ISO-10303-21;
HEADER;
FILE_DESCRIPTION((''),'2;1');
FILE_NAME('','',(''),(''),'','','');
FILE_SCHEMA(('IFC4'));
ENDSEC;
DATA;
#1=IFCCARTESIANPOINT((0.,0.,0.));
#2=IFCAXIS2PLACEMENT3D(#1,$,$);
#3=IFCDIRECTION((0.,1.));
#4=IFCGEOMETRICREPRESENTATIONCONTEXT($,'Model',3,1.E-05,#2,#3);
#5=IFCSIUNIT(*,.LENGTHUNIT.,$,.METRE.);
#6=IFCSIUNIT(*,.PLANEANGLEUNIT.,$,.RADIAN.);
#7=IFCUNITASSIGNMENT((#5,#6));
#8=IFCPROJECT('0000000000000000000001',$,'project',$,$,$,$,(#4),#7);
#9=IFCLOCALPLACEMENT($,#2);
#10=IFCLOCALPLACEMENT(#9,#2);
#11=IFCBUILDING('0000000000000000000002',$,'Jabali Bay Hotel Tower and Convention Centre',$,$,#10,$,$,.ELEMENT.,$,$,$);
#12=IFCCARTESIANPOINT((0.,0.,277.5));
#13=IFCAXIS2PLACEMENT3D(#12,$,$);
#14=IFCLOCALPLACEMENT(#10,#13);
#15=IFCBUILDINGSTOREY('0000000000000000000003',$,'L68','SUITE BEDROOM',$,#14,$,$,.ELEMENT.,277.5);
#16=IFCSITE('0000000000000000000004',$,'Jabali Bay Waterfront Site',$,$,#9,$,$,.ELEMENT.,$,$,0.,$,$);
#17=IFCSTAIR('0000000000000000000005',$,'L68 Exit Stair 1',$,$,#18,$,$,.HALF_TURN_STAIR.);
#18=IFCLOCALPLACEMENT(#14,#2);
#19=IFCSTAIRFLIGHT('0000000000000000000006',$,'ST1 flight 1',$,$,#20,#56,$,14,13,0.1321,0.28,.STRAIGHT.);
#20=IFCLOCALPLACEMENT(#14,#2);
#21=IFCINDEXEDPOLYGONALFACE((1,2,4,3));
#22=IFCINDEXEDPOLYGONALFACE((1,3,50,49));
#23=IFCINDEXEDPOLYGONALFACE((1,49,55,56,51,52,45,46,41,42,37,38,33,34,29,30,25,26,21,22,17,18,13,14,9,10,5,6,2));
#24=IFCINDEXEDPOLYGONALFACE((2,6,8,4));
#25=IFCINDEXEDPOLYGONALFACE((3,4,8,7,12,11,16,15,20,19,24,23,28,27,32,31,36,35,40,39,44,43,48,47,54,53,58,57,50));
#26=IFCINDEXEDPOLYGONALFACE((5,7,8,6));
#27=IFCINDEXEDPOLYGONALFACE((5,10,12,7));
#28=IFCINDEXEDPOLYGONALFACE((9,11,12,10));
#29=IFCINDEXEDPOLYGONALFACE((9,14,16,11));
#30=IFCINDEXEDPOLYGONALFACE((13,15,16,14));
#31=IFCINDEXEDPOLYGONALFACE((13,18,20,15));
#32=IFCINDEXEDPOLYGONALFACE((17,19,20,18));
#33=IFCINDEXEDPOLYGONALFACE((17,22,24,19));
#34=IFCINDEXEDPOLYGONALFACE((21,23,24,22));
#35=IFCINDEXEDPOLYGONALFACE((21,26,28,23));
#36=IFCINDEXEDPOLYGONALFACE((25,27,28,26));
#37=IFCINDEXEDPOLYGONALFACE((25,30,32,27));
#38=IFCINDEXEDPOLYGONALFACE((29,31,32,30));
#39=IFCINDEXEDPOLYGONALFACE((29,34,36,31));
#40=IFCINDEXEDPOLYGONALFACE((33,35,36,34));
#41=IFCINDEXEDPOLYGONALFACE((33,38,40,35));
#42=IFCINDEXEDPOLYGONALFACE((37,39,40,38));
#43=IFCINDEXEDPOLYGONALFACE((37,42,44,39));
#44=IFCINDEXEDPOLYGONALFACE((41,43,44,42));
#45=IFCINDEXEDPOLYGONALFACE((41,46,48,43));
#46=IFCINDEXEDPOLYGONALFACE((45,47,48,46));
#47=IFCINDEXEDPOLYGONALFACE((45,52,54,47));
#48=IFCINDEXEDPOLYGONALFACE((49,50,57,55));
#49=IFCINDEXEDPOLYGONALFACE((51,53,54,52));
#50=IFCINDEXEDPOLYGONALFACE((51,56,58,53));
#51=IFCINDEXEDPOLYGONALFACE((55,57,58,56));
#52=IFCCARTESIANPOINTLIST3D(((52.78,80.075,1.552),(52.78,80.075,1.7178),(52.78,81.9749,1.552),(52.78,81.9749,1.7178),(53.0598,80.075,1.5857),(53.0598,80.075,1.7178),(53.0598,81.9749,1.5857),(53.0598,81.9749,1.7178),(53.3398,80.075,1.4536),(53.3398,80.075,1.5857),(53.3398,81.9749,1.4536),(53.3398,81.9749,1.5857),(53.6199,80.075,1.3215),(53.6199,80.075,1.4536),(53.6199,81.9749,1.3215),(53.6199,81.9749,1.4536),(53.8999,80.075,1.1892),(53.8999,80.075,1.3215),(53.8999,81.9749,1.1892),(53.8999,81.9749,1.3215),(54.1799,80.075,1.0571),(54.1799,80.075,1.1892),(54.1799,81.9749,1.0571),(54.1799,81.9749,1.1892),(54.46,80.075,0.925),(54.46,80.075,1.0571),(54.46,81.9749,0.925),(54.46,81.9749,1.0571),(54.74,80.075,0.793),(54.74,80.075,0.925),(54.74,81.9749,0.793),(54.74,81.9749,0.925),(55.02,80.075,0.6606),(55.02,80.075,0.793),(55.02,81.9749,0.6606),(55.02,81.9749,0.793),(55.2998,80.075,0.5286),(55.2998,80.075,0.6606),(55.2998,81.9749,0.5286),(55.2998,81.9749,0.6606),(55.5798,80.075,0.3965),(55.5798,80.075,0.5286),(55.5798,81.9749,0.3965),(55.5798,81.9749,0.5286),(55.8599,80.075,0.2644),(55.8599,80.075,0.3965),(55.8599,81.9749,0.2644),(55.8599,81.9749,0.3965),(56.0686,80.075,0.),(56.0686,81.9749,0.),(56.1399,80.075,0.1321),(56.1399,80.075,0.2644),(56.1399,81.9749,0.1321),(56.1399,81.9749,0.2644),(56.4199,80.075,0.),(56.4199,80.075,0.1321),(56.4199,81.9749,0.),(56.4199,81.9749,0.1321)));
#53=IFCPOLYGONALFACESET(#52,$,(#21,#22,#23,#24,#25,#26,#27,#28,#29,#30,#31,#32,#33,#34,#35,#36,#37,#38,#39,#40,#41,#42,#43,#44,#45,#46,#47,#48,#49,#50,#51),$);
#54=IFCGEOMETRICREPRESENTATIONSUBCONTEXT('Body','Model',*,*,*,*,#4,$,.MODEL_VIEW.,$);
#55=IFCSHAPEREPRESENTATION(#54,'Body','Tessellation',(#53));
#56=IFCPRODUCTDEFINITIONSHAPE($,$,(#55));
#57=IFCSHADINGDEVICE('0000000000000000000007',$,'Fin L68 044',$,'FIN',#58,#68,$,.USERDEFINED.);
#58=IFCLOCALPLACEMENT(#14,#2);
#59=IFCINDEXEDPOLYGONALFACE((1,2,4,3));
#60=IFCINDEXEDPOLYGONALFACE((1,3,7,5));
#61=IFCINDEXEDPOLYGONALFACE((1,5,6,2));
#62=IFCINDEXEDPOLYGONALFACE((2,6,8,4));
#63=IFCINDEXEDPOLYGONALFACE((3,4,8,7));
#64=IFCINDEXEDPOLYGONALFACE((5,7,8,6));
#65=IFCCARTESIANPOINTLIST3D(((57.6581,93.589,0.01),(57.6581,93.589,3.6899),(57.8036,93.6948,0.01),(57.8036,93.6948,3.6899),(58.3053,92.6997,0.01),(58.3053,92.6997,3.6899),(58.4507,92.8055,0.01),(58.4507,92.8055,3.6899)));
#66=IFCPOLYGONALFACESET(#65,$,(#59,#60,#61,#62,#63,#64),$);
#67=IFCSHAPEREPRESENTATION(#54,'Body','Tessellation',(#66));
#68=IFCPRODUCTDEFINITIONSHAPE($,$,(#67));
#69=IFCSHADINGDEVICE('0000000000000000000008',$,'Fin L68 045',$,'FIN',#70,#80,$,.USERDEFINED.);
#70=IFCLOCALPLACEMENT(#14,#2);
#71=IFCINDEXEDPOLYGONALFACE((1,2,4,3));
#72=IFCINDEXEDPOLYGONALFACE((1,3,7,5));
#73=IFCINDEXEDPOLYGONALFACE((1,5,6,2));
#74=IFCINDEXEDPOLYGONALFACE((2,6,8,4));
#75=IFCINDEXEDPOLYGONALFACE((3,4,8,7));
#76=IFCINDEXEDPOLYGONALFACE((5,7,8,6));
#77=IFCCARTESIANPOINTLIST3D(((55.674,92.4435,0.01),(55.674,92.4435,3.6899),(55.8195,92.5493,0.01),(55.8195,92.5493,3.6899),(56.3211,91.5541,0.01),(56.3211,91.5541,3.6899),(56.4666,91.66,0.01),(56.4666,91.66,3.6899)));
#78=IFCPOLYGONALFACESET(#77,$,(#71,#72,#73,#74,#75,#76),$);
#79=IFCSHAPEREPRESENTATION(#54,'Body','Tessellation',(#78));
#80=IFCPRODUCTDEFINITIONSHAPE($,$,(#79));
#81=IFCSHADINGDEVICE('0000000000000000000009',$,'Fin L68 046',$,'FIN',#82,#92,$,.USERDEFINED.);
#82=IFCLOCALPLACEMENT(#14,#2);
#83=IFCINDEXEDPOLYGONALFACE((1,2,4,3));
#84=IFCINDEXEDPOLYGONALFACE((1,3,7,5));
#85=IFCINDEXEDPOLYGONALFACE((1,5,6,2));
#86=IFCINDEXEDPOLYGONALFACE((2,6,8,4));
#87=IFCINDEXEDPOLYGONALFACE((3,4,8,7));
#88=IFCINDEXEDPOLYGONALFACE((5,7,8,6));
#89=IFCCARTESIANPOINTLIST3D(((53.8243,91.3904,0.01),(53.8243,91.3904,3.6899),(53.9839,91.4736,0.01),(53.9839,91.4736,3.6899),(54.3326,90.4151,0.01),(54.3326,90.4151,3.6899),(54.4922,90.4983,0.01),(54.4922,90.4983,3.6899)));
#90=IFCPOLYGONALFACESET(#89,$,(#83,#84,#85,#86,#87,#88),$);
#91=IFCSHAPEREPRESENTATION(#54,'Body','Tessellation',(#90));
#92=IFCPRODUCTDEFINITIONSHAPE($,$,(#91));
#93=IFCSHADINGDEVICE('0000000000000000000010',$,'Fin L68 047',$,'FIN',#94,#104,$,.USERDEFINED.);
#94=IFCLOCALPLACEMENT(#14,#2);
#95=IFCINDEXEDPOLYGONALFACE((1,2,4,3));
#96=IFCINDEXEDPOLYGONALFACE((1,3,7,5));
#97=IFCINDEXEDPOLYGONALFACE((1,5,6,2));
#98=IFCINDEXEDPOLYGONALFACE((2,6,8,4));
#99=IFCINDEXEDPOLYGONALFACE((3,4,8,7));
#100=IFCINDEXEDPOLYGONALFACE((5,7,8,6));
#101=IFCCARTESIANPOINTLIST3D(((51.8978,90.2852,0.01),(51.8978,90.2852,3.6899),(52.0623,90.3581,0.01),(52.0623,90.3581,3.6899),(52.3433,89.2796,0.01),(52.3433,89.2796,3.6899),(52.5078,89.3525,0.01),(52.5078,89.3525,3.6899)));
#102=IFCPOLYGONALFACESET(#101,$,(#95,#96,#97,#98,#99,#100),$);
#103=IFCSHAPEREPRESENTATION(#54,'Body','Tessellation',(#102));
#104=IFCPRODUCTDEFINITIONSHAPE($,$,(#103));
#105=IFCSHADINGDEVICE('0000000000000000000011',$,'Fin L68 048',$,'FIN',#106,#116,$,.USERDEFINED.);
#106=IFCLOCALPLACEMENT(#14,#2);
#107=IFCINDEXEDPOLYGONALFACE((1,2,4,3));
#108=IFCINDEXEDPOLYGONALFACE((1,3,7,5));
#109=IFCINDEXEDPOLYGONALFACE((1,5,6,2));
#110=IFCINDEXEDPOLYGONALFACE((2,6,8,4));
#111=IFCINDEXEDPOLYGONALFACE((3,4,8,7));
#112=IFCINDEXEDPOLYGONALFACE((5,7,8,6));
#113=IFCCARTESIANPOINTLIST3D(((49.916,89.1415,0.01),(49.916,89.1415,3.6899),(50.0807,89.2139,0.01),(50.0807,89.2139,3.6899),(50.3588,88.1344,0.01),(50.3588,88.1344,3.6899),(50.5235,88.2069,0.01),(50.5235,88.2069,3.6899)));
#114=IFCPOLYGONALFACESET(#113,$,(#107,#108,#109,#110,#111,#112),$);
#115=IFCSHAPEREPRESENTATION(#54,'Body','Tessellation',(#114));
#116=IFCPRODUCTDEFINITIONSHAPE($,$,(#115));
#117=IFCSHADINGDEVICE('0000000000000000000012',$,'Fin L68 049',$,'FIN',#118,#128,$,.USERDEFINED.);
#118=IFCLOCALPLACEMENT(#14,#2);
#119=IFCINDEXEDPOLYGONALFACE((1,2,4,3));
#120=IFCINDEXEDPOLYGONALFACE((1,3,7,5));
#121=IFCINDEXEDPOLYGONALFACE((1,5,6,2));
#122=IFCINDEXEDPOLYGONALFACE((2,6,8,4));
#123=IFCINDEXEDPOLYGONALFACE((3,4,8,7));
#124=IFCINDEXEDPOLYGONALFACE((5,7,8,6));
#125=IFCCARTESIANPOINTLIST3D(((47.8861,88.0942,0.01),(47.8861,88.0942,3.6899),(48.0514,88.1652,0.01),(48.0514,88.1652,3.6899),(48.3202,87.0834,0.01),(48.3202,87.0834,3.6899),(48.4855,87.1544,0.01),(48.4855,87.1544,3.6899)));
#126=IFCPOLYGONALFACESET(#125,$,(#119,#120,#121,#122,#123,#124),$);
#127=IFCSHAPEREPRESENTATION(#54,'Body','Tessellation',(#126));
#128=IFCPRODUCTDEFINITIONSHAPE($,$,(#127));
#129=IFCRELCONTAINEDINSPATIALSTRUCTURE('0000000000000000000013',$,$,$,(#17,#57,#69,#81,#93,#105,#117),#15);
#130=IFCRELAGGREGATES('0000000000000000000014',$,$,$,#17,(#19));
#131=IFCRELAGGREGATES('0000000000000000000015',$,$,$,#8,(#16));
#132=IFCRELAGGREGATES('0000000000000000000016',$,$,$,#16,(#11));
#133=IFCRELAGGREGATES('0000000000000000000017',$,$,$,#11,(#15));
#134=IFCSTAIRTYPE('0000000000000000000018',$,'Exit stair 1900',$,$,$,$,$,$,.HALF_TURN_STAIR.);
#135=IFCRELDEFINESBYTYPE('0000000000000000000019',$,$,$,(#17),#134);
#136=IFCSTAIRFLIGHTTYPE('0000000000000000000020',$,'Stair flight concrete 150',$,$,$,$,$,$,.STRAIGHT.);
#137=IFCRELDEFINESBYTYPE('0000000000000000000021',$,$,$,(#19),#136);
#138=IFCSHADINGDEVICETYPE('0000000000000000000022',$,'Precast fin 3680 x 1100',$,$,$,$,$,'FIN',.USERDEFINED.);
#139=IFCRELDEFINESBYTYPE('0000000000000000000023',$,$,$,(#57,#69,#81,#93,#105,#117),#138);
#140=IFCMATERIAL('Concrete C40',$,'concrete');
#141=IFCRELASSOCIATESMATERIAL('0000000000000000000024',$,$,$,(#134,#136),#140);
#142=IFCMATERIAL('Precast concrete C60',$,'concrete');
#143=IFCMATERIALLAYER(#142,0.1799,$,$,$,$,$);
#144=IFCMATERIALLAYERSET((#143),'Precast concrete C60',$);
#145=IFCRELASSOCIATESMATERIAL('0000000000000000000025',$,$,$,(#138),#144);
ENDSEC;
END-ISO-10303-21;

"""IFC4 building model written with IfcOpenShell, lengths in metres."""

from ifc_helpers import new_model, si_unit, direction, frame, frame_2d, origin, place, context, subcontext, project, spatial, polyline, rectangle, outline, extrude, material, layer, layer_set, type_object, element, aggregate, save


model = new_model("IFC4")

# Units and contexts
model_context = context("Model", 3, precision=1e-05, world=origin(), true_north=direction((0.0, 1.0)))
body_context = subcontext(model_context, "Body", "Model", "MODEL_VIEW")
ifc_project = project(units=[si_unit("LENGTHUNIT", "METRE"), si_unit("PLANEANGLEUNIT", "RADIAN")], contexts=[model_context])

# Site, building, storey
site_placement = place(None, origin())
site = spatial("IfcSite", under=ifc_project, at=site_placement, Name="Jabali Bay Waterfront Site", CompositionType="ELEMENT", RefElevation=0.0)
building_placement = place(site_placement, origin())
building = spatial("IfcBuilding", under=site, at=building_placement, Name="Jabali Bay Hotel Tower and Convention Centre", CompositionType="ELEMENT")
storey_placement = place(building_placement, frame((0.0, 0.0, 277.5)))
storey = spatial("IfcBuildingStorey", under=building, at=storey_placement, Name="L68", Description="SUITE BEDROOM", CompositionType="ELEMENT", Elevation=277.5)

# Shared definitions
ifc_material_1 = material(Name="Concrete C40", Category="concrete")

# Stair, stair flight
stair_type = type_object("IfcStairType", Name="Exit stair 1900", PredefinedType="HALF_TURN_STAIR", material=ifc_material_1)
stair_placement = place(storey_placement, origin())
stair = element("IfcStair", 1, at=stair_placement, inside=storey, type_object=stair_type, Name="L68 Exit Stair 1", PredefinedType="HALF_TURN_STAIR")
stair_flight_type = type_object("IfcStairFlightType", Name="Stair flight concrete 150", PredefinedType="STRAIGHT", material=ifc_material_1)
stair_flight_placement = place(storey_placement, frame((56.4199, 81.0249, 0.0), z_axis=(0.0, 0.0, 1.0), x_axis=(-1.0, 0.0, 0.0)))
stair_flight = element("IfcStairFlight", 2, at=stair_flight_placement, type_object=stair_flight_type, Name="ST1 flight 1", NumberOfRisers=14, NumberOfTreads=13, PredefinedType="STRAIGHT", RiserHeight=0.1321, TreadLength=0.28, context=body_context, shape_type="SweptSolid", body=[
    extrude(outline(polyline([(0.0, 0.0), (0.0, 0.1321), (0.28, 0.1321), (0.28, 0.2644), (0.5601, 0.2644), (0.5601, 0.3965), (0.8401, 0.3965), (0.8401, 0.5286), (1.1201, 0.5286), (1.1201, 0.6606), (1.3999, 0.6606), (1.3999, 0.793), (1.6799, 0.793), (1.6799, 0.925), (1.96, 0.925), (1.96, 1.0571), (2.24, 1.0571), (2.24, 1.1892), (2.52, 1.1892), (2.52, 1.3215), (2.8, 1.3215), (2.8, 1.4536), (3.0801, 1.4536), (3.0801, 1.5857), (3.3601, 1.5857), (3.3601, 1.7178), (3.6399, 1.7178), (3.6399, 1.8501), (3.6399, 1.552), (0.3513, 0.0), (0.0, 0.0)])), frame((0.0, 0.95, 0.0), z_axis=(0.0, -1.0, 0.0), x_axis=(1.0, 0.0, 0.0)), (0.0, 0.0, 1.0), 1.8999),
])
aggregate(stair, [stair_flight])

# Shading devices
ifc_material_2 = material(Name="Precast concrete C60", Category="concrete")
ifc_layer_1 = layer(ifc_material_2, 0.1799)
ifc_layer_set_1 = layer_set([ifc_layer_1], Name="Precast concrete C60")
shading_device_type = type_object("IfcShadingDeviceType", Name="Precast fin 3680 x 1100", ElementType="FIN", PredefinedType="USERDEFINED", material=ifc_layer_set_1)
for number, where, z_axis, x_axis, name in (
    (3, (58.3779, 92.7527, 0.01), (0.0, 0.0, 1.0), (-0.588396, 0.808573, 0.0), "Fin L68 044"),
    (4, (56.3938, 91.6072, 0.01), (0.0, 0.0, 1.0), (-0.588396, 0.808573, 0.0), "Fin L68 045"),
    (5, (54.4124, 90.4568, 0.01), (0.0, 0.0, 1.0), (-0.462156, 0.886798, 0.0), "Fin L68 046"),
    (6, (52.4255, 89.3162, 0.01), (0.0, 0.0, 1.0), (-0.405088, 0.914278, 0.0), "Fin L68 047"),
):
    element("IfcShadingDevice", number, at=place(storey_placement, frame(where, z_axis=z_axis, x_axis=x_axis)), inside=storey, type_object=shading_device_type, Name=name, ObjectType="FIN", PredefinedType="USERDEFINED", context=body_context, shape_type="SweptSolid", body=[
        extrude(rectangle(XDim=1.0999, YDim=0.1799, at=frame_2d((0.5498, 0.0))), origin(), (0.0, 0.0, 1.0), 3.6799),
    ])
for number, where, z_axis, x_axis, name in (
    (7, (50.4412, 88.1707, 0.01), (0.0, 0.0, 1.0), (-0.402553, 0.915397, 0.0), "Fin L68 048"),
    (8, (48.4028, 87.1189, 0.01), (0.0, 0.0, 1.0), (-0.394616, 0.918846, 0.0), "Fin L68 049"),
):
    element("IfcShadingDevice", number, at=place(storey_placement, frame(where, z_axis=z_axis, x_axis=x_axis)), inside=storey, type_object=shading_device_type, Name=name, ObjectType="FIN", PredefinedType="USERDEFINED", context=body_context, shape_type="SweptSolid", body=[
        extrude(rectangle(XDim=1.1001, YDim=0.1799, at=frame_2d((0.55, 0.0))), origin(), (0.0, 0.0, 1.0), 3.6799),
    ])

save(model, "model.ifc")
